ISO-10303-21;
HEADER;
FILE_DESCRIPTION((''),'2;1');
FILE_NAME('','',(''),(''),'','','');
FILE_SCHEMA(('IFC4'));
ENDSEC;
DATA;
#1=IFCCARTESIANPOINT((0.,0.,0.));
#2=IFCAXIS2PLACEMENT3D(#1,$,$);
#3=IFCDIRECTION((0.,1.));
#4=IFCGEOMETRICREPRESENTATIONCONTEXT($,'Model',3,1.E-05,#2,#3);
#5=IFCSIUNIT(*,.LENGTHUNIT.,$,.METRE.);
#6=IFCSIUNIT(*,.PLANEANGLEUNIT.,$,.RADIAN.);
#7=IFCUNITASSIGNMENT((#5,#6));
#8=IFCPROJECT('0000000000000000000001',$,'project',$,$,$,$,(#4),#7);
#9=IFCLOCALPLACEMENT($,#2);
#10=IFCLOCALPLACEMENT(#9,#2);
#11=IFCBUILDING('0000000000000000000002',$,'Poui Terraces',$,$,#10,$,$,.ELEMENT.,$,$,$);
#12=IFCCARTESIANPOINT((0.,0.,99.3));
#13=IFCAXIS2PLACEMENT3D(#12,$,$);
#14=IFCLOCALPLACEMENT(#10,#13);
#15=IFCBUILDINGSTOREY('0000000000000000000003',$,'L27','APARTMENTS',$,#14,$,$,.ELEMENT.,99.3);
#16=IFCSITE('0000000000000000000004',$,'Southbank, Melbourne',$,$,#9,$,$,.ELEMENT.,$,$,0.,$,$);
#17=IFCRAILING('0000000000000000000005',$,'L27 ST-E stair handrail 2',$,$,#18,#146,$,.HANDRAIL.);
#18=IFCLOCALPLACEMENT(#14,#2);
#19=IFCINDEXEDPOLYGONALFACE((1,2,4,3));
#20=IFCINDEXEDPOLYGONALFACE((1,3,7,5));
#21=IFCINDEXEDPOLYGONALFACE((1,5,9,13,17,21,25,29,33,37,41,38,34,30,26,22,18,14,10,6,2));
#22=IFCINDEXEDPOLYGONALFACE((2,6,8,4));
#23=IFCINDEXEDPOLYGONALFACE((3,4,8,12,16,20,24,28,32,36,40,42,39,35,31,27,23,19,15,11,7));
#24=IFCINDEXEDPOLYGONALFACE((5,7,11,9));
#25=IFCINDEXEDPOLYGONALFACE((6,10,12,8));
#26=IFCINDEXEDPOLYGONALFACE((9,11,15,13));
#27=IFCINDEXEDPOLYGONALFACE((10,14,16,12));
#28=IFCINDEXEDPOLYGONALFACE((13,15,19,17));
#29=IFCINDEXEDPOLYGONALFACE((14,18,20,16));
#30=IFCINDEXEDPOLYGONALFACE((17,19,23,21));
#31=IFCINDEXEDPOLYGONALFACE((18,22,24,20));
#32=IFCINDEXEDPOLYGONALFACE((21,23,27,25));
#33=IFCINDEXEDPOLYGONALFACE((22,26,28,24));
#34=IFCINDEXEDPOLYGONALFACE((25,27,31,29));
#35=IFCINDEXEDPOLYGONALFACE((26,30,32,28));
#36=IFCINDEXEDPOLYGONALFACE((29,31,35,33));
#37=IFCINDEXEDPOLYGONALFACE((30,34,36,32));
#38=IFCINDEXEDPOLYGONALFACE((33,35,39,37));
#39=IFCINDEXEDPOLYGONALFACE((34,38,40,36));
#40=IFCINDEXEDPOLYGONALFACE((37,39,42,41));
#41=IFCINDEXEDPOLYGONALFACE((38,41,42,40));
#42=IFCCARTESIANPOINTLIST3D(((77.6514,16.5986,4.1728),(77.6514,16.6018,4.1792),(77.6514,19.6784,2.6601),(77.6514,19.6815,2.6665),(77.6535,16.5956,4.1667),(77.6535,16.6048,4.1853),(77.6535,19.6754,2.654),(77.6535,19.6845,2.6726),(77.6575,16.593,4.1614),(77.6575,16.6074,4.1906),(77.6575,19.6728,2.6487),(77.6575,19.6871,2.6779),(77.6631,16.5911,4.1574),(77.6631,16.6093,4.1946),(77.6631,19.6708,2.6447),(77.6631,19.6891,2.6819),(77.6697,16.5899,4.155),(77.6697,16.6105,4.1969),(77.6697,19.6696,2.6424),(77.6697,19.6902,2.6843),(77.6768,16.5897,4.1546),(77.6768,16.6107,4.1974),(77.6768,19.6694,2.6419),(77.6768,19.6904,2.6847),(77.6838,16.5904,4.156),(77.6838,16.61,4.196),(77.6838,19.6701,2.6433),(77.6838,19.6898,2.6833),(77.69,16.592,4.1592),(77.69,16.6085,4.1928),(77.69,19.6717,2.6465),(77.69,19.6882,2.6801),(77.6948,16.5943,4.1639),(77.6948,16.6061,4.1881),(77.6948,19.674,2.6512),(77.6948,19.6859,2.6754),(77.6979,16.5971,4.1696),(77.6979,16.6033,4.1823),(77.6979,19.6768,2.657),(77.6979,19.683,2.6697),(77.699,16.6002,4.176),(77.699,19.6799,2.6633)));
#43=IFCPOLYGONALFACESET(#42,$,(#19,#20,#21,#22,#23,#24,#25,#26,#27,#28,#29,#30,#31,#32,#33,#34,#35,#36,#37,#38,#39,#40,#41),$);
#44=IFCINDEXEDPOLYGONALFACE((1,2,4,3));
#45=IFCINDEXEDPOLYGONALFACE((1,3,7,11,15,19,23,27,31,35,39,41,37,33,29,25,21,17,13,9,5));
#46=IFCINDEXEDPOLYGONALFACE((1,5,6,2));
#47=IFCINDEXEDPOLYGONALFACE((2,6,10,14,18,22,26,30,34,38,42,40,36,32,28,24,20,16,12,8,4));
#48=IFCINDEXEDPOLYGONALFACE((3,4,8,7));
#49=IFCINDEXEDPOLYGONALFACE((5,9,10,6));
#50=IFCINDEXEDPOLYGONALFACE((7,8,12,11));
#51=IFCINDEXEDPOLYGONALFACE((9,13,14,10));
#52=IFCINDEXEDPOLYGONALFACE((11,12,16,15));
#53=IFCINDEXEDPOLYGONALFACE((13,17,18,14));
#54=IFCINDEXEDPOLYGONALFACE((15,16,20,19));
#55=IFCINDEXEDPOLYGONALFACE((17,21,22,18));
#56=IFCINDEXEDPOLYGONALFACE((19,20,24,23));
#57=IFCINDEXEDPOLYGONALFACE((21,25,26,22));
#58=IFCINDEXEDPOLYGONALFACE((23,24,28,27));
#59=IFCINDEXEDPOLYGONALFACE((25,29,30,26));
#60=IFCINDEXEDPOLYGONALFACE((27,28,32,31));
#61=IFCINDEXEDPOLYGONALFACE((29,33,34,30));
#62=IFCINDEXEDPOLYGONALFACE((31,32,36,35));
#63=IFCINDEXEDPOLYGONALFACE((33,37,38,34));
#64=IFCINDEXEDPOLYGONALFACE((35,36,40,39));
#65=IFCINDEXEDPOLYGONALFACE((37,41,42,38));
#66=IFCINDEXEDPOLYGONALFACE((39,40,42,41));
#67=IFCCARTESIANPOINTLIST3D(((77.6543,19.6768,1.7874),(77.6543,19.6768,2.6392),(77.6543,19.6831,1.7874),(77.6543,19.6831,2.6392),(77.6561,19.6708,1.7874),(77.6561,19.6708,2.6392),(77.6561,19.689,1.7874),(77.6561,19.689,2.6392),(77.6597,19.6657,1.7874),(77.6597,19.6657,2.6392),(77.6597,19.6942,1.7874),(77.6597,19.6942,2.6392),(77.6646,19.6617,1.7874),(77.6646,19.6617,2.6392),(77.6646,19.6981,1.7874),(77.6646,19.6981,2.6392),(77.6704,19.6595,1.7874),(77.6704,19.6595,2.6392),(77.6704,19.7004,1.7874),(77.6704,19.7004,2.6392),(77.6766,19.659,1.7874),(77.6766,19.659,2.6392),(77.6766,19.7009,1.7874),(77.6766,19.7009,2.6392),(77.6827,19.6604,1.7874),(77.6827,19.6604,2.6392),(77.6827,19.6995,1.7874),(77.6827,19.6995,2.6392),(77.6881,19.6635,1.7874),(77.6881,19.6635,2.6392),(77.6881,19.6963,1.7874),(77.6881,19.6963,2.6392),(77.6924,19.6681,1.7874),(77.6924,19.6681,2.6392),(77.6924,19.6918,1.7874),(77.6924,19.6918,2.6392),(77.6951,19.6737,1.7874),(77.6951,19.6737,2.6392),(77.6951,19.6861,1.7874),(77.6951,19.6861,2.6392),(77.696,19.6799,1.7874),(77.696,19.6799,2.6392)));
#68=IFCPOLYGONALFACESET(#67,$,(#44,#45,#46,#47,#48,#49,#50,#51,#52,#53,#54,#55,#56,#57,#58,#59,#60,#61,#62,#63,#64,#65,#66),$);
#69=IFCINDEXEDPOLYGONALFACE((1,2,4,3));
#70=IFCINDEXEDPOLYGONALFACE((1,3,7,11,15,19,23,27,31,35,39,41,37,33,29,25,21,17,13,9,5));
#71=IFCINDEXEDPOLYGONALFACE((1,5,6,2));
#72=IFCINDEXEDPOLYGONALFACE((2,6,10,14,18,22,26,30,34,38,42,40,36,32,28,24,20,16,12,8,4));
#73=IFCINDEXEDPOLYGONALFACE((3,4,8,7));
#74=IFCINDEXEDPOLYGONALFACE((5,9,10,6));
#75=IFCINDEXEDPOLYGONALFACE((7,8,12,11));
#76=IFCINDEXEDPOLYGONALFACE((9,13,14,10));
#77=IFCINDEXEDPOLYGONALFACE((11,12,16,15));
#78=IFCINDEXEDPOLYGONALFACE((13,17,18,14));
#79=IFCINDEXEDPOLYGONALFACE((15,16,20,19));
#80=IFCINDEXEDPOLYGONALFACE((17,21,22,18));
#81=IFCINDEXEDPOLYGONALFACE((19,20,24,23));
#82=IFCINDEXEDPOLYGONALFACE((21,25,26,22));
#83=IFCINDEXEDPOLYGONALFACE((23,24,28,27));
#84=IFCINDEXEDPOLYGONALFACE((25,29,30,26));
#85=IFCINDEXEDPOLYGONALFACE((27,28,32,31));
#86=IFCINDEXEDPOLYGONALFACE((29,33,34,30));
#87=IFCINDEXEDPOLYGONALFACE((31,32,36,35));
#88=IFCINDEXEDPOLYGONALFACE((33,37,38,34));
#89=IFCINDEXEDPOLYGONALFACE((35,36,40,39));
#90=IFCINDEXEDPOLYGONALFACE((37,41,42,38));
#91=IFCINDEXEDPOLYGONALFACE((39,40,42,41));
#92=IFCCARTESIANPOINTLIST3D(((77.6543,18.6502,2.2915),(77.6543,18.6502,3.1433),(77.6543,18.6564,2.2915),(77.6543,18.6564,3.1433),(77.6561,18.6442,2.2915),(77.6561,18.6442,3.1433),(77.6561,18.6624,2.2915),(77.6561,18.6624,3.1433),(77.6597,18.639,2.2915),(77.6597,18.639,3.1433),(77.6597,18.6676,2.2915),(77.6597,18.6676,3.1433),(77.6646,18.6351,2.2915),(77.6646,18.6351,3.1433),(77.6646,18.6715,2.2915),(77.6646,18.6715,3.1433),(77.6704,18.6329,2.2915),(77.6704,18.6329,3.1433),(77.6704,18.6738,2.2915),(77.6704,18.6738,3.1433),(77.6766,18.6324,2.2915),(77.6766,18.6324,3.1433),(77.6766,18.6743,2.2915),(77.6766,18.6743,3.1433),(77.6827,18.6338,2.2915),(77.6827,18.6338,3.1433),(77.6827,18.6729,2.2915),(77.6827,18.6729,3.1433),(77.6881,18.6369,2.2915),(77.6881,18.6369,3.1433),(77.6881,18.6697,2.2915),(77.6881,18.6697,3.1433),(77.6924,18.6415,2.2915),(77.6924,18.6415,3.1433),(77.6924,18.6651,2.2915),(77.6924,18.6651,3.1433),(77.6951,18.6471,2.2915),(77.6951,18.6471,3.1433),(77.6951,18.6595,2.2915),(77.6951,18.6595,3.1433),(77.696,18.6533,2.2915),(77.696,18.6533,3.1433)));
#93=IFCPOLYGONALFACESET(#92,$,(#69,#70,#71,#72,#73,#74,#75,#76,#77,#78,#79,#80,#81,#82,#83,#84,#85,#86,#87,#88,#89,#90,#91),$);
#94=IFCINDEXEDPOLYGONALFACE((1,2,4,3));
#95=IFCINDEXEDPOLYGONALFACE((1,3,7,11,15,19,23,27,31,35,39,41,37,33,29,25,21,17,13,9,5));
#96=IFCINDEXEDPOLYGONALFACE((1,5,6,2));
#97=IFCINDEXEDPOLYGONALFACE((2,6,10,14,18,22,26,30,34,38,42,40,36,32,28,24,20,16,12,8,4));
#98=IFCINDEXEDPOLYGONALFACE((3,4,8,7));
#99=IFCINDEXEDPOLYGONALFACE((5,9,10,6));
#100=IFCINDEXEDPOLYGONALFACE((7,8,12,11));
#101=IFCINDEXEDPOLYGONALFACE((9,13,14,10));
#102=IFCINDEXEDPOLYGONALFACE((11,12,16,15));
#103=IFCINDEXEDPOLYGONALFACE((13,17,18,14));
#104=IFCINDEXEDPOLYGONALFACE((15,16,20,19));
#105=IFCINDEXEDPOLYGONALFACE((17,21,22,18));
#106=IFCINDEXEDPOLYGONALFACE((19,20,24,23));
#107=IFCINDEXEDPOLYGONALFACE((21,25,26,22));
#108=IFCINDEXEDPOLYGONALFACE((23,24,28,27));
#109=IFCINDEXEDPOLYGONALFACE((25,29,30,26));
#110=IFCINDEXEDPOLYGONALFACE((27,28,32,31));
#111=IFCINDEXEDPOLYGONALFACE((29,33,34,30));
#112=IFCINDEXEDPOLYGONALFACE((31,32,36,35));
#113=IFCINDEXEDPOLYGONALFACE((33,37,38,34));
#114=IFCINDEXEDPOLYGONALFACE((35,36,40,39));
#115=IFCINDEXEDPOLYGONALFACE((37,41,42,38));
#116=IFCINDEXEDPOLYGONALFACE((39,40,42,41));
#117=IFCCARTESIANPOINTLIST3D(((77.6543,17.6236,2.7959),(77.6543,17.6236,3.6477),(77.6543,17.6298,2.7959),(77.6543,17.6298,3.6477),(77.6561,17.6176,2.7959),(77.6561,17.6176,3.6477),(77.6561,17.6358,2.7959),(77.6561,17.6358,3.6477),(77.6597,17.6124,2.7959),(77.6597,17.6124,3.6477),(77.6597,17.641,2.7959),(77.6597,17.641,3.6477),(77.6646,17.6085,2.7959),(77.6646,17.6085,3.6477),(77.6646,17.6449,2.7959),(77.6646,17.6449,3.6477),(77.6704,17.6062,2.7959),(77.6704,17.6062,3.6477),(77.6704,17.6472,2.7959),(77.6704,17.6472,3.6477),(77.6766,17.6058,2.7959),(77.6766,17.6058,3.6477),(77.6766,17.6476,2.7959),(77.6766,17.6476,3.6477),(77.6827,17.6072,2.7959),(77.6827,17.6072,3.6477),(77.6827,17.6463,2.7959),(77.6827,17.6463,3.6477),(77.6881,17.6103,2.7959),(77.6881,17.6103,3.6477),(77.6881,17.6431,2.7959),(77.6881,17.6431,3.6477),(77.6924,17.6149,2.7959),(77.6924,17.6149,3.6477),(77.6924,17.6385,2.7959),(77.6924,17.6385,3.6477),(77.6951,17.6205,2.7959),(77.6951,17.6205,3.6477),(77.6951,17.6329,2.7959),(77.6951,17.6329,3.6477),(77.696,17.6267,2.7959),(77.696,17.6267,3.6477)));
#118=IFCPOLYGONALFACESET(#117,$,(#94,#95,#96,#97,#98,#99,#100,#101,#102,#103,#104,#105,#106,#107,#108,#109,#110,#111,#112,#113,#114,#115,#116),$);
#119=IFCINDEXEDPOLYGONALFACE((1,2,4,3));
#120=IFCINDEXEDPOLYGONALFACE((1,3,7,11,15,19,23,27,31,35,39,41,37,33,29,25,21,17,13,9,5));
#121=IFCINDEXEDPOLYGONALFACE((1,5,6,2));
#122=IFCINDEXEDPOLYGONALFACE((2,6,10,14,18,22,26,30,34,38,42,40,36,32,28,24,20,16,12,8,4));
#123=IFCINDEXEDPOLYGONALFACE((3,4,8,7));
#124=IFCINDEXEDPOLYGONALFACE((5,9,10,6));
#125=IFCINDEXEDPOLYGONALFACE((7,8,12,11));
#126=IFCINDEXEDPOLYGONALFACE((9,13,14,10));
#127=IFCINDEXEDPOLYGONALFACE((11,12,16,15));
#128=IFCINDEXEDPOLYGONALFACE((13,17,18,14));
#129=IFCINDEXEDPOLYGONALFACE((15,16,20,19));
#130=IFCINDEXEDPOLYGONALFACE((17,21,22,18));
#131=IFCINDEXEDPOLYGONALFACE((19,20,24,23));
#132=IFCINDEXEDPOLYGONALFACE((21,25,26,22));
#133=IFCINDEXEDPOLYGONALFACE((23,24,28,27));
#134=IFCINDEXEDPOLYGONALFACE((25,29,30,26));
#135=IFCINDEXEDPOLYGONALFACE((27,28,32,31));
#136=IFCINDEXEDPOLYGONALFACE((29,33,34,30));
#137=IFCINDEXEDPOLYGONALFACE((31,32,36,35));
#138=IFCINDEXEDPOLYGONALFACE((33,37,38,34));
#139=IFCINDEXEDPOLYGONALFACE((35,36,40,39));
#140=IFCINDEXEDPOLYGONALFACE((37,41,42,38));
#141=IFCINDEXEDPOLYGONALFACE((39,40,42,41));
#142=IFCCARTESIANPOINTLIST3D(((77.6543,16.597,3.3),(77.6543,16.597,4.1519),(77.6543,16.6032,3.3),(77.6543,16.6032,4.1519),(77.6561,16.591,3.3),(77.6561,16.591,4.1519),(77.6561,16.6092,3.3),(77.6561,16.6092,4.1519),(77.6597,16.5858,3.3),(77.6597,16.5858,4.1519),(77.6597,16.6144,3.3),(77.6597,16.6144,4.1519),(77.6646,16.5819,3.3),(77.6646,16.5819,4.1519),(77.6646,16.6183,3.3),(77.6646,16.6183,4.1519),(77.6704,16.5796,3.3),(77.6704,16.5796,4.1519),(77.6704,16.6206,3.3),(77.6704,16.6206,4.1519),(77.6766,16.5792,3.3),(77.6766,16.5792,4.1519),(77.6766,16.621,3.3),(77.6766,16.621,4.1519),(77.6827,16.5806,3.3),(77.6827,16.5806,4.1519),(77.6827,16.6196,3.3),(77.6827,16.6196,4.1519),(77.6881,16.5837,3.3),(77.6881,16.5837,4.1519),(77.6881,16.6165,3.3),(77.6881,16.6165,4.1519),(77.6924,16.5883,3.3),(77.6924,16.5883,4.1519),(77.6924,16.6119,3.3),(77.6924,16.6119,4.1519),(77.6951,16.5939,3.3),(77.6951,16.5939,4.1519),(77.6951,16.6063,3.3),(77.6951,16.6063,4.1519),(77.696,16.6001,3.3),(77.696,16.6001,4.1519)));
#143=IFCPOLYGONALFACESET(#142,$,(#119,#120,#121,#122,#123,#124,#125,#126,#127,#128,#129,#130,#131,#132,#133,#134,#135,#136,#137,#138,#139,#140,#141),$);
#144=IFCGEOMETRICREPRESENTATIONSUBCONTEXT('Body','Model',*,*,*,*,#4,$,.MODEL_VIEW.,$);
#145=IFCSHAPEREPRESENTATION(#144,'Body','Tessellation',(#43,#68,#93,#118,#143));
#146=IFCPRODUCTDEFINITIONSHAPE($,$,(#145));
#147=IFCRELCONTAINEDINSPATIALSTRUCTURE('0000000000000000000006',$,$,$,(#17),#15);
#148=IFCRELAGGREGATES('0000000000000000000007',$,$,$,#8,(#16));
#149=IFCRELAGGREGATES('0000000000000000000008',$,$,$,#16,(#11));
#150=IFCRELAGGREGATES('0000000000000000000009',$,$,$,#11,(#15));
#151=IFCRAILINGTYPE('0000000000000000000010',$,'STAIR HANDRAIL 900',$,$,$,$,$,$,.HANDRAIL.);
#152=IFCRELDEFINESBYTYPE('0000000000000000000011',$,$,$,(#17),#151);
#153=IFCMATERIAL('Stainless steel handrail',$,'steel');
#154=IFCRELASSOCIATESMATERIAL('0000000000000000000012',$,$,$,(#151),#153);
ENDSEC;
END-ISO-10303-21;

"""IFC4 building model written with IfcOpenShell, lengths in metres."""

from ifc_helpers import new_model, si_unit, direction, frame, origin, origin_2d, place, context, subcontext, project, spatial, circle, extrude, material, type_object, element, save


model = new_model("IFC4")

# Units and contexts
model_context = context("Model", 3, precision=1e-05, world=origin(), true_north=direction((0.0, 1.0)))
body_context = subcontext(model_context, "Body", "Model", "MODEL_VIEW")
ifc_project = project(units=[si_unit("LENGTHUNIT", "METRE"), si_unit("PLANEANGLEUNIT", "RADIAN")], contexts=[model_context])

# Site, building, storey
site_placement = place(None, origin())
site = spatial("IfcSite", under=ifc_project, at=site_placement, Name="Southbank, Melbourne", CompositionType="ELEMENT", RefElevation=0.0)
building_placement = place(site_placement, origin())
building = spatial("IfcBuilding", under=site, at=building_placement, Name="Poui Terraces", CompositionType="ELEMENT")
storey_placement = place(building_placement, frame((0.0, 0.0, 99.3)))
storey = spatial("IfcBuildingStorey", under=building, at=storey_placement, Name="L27", Description="APARTMENTS", CompositionType="ELEMENT", Elevation=99.3)

# Railing
ifc_material_1 = material(Name="Stainless steel handrail", Category="steel")
railing_type_1 = type_object("IfcRailingType", Name="STAIR HANDRAIL 900", PredefinedType="HANDRAIL", material=ifc_material_1)
railing_1_placement = place(storey_placement, frame((77.675, 19.6799, 1.7874)))
element("IfcRailing", 1, at=railing_1_placement, inside=storey, type_object=railing_type_1, Name="L27 ST-E stair handrail 2", PredefinedType="HANDRAIL", context=body_context, shape_type="SweptSolid", body=[
    extrude(circle(Radius=0.0239, at=origin_2d()), frame((0.0, 0.0, 0.876), z_axis=(0.0, -0.897578, 0.440856), x_axis=(1.0, 0.0, 0.0)), (0.0, 0.0, 1.0), 3.4312),
    extrude(circle(Radius=0.021, at=origin_2d()), origin(), (0.0, 0.0, 1.0), 0.8518),
    extrude(circle(Radius=0.021, at=origin_2d()), frame((0.0, -1.0266, 0.5042)), (0.0, 0.0, 1.0), 0.8518),
    extrude(circle(Radius=0.021, at=origin_2d()), frame((0.0, -2.0532, 1.0085)), (0.0, 0.0, 1.0), 0.8518),
    extrude(circle(Radius=0.021, at=origin_2d()), frame((0.0, -3.0798, 1.5127)), (0.0, 0.0, 1.0), 0.8518),
])

save(model, "model.ifc")
